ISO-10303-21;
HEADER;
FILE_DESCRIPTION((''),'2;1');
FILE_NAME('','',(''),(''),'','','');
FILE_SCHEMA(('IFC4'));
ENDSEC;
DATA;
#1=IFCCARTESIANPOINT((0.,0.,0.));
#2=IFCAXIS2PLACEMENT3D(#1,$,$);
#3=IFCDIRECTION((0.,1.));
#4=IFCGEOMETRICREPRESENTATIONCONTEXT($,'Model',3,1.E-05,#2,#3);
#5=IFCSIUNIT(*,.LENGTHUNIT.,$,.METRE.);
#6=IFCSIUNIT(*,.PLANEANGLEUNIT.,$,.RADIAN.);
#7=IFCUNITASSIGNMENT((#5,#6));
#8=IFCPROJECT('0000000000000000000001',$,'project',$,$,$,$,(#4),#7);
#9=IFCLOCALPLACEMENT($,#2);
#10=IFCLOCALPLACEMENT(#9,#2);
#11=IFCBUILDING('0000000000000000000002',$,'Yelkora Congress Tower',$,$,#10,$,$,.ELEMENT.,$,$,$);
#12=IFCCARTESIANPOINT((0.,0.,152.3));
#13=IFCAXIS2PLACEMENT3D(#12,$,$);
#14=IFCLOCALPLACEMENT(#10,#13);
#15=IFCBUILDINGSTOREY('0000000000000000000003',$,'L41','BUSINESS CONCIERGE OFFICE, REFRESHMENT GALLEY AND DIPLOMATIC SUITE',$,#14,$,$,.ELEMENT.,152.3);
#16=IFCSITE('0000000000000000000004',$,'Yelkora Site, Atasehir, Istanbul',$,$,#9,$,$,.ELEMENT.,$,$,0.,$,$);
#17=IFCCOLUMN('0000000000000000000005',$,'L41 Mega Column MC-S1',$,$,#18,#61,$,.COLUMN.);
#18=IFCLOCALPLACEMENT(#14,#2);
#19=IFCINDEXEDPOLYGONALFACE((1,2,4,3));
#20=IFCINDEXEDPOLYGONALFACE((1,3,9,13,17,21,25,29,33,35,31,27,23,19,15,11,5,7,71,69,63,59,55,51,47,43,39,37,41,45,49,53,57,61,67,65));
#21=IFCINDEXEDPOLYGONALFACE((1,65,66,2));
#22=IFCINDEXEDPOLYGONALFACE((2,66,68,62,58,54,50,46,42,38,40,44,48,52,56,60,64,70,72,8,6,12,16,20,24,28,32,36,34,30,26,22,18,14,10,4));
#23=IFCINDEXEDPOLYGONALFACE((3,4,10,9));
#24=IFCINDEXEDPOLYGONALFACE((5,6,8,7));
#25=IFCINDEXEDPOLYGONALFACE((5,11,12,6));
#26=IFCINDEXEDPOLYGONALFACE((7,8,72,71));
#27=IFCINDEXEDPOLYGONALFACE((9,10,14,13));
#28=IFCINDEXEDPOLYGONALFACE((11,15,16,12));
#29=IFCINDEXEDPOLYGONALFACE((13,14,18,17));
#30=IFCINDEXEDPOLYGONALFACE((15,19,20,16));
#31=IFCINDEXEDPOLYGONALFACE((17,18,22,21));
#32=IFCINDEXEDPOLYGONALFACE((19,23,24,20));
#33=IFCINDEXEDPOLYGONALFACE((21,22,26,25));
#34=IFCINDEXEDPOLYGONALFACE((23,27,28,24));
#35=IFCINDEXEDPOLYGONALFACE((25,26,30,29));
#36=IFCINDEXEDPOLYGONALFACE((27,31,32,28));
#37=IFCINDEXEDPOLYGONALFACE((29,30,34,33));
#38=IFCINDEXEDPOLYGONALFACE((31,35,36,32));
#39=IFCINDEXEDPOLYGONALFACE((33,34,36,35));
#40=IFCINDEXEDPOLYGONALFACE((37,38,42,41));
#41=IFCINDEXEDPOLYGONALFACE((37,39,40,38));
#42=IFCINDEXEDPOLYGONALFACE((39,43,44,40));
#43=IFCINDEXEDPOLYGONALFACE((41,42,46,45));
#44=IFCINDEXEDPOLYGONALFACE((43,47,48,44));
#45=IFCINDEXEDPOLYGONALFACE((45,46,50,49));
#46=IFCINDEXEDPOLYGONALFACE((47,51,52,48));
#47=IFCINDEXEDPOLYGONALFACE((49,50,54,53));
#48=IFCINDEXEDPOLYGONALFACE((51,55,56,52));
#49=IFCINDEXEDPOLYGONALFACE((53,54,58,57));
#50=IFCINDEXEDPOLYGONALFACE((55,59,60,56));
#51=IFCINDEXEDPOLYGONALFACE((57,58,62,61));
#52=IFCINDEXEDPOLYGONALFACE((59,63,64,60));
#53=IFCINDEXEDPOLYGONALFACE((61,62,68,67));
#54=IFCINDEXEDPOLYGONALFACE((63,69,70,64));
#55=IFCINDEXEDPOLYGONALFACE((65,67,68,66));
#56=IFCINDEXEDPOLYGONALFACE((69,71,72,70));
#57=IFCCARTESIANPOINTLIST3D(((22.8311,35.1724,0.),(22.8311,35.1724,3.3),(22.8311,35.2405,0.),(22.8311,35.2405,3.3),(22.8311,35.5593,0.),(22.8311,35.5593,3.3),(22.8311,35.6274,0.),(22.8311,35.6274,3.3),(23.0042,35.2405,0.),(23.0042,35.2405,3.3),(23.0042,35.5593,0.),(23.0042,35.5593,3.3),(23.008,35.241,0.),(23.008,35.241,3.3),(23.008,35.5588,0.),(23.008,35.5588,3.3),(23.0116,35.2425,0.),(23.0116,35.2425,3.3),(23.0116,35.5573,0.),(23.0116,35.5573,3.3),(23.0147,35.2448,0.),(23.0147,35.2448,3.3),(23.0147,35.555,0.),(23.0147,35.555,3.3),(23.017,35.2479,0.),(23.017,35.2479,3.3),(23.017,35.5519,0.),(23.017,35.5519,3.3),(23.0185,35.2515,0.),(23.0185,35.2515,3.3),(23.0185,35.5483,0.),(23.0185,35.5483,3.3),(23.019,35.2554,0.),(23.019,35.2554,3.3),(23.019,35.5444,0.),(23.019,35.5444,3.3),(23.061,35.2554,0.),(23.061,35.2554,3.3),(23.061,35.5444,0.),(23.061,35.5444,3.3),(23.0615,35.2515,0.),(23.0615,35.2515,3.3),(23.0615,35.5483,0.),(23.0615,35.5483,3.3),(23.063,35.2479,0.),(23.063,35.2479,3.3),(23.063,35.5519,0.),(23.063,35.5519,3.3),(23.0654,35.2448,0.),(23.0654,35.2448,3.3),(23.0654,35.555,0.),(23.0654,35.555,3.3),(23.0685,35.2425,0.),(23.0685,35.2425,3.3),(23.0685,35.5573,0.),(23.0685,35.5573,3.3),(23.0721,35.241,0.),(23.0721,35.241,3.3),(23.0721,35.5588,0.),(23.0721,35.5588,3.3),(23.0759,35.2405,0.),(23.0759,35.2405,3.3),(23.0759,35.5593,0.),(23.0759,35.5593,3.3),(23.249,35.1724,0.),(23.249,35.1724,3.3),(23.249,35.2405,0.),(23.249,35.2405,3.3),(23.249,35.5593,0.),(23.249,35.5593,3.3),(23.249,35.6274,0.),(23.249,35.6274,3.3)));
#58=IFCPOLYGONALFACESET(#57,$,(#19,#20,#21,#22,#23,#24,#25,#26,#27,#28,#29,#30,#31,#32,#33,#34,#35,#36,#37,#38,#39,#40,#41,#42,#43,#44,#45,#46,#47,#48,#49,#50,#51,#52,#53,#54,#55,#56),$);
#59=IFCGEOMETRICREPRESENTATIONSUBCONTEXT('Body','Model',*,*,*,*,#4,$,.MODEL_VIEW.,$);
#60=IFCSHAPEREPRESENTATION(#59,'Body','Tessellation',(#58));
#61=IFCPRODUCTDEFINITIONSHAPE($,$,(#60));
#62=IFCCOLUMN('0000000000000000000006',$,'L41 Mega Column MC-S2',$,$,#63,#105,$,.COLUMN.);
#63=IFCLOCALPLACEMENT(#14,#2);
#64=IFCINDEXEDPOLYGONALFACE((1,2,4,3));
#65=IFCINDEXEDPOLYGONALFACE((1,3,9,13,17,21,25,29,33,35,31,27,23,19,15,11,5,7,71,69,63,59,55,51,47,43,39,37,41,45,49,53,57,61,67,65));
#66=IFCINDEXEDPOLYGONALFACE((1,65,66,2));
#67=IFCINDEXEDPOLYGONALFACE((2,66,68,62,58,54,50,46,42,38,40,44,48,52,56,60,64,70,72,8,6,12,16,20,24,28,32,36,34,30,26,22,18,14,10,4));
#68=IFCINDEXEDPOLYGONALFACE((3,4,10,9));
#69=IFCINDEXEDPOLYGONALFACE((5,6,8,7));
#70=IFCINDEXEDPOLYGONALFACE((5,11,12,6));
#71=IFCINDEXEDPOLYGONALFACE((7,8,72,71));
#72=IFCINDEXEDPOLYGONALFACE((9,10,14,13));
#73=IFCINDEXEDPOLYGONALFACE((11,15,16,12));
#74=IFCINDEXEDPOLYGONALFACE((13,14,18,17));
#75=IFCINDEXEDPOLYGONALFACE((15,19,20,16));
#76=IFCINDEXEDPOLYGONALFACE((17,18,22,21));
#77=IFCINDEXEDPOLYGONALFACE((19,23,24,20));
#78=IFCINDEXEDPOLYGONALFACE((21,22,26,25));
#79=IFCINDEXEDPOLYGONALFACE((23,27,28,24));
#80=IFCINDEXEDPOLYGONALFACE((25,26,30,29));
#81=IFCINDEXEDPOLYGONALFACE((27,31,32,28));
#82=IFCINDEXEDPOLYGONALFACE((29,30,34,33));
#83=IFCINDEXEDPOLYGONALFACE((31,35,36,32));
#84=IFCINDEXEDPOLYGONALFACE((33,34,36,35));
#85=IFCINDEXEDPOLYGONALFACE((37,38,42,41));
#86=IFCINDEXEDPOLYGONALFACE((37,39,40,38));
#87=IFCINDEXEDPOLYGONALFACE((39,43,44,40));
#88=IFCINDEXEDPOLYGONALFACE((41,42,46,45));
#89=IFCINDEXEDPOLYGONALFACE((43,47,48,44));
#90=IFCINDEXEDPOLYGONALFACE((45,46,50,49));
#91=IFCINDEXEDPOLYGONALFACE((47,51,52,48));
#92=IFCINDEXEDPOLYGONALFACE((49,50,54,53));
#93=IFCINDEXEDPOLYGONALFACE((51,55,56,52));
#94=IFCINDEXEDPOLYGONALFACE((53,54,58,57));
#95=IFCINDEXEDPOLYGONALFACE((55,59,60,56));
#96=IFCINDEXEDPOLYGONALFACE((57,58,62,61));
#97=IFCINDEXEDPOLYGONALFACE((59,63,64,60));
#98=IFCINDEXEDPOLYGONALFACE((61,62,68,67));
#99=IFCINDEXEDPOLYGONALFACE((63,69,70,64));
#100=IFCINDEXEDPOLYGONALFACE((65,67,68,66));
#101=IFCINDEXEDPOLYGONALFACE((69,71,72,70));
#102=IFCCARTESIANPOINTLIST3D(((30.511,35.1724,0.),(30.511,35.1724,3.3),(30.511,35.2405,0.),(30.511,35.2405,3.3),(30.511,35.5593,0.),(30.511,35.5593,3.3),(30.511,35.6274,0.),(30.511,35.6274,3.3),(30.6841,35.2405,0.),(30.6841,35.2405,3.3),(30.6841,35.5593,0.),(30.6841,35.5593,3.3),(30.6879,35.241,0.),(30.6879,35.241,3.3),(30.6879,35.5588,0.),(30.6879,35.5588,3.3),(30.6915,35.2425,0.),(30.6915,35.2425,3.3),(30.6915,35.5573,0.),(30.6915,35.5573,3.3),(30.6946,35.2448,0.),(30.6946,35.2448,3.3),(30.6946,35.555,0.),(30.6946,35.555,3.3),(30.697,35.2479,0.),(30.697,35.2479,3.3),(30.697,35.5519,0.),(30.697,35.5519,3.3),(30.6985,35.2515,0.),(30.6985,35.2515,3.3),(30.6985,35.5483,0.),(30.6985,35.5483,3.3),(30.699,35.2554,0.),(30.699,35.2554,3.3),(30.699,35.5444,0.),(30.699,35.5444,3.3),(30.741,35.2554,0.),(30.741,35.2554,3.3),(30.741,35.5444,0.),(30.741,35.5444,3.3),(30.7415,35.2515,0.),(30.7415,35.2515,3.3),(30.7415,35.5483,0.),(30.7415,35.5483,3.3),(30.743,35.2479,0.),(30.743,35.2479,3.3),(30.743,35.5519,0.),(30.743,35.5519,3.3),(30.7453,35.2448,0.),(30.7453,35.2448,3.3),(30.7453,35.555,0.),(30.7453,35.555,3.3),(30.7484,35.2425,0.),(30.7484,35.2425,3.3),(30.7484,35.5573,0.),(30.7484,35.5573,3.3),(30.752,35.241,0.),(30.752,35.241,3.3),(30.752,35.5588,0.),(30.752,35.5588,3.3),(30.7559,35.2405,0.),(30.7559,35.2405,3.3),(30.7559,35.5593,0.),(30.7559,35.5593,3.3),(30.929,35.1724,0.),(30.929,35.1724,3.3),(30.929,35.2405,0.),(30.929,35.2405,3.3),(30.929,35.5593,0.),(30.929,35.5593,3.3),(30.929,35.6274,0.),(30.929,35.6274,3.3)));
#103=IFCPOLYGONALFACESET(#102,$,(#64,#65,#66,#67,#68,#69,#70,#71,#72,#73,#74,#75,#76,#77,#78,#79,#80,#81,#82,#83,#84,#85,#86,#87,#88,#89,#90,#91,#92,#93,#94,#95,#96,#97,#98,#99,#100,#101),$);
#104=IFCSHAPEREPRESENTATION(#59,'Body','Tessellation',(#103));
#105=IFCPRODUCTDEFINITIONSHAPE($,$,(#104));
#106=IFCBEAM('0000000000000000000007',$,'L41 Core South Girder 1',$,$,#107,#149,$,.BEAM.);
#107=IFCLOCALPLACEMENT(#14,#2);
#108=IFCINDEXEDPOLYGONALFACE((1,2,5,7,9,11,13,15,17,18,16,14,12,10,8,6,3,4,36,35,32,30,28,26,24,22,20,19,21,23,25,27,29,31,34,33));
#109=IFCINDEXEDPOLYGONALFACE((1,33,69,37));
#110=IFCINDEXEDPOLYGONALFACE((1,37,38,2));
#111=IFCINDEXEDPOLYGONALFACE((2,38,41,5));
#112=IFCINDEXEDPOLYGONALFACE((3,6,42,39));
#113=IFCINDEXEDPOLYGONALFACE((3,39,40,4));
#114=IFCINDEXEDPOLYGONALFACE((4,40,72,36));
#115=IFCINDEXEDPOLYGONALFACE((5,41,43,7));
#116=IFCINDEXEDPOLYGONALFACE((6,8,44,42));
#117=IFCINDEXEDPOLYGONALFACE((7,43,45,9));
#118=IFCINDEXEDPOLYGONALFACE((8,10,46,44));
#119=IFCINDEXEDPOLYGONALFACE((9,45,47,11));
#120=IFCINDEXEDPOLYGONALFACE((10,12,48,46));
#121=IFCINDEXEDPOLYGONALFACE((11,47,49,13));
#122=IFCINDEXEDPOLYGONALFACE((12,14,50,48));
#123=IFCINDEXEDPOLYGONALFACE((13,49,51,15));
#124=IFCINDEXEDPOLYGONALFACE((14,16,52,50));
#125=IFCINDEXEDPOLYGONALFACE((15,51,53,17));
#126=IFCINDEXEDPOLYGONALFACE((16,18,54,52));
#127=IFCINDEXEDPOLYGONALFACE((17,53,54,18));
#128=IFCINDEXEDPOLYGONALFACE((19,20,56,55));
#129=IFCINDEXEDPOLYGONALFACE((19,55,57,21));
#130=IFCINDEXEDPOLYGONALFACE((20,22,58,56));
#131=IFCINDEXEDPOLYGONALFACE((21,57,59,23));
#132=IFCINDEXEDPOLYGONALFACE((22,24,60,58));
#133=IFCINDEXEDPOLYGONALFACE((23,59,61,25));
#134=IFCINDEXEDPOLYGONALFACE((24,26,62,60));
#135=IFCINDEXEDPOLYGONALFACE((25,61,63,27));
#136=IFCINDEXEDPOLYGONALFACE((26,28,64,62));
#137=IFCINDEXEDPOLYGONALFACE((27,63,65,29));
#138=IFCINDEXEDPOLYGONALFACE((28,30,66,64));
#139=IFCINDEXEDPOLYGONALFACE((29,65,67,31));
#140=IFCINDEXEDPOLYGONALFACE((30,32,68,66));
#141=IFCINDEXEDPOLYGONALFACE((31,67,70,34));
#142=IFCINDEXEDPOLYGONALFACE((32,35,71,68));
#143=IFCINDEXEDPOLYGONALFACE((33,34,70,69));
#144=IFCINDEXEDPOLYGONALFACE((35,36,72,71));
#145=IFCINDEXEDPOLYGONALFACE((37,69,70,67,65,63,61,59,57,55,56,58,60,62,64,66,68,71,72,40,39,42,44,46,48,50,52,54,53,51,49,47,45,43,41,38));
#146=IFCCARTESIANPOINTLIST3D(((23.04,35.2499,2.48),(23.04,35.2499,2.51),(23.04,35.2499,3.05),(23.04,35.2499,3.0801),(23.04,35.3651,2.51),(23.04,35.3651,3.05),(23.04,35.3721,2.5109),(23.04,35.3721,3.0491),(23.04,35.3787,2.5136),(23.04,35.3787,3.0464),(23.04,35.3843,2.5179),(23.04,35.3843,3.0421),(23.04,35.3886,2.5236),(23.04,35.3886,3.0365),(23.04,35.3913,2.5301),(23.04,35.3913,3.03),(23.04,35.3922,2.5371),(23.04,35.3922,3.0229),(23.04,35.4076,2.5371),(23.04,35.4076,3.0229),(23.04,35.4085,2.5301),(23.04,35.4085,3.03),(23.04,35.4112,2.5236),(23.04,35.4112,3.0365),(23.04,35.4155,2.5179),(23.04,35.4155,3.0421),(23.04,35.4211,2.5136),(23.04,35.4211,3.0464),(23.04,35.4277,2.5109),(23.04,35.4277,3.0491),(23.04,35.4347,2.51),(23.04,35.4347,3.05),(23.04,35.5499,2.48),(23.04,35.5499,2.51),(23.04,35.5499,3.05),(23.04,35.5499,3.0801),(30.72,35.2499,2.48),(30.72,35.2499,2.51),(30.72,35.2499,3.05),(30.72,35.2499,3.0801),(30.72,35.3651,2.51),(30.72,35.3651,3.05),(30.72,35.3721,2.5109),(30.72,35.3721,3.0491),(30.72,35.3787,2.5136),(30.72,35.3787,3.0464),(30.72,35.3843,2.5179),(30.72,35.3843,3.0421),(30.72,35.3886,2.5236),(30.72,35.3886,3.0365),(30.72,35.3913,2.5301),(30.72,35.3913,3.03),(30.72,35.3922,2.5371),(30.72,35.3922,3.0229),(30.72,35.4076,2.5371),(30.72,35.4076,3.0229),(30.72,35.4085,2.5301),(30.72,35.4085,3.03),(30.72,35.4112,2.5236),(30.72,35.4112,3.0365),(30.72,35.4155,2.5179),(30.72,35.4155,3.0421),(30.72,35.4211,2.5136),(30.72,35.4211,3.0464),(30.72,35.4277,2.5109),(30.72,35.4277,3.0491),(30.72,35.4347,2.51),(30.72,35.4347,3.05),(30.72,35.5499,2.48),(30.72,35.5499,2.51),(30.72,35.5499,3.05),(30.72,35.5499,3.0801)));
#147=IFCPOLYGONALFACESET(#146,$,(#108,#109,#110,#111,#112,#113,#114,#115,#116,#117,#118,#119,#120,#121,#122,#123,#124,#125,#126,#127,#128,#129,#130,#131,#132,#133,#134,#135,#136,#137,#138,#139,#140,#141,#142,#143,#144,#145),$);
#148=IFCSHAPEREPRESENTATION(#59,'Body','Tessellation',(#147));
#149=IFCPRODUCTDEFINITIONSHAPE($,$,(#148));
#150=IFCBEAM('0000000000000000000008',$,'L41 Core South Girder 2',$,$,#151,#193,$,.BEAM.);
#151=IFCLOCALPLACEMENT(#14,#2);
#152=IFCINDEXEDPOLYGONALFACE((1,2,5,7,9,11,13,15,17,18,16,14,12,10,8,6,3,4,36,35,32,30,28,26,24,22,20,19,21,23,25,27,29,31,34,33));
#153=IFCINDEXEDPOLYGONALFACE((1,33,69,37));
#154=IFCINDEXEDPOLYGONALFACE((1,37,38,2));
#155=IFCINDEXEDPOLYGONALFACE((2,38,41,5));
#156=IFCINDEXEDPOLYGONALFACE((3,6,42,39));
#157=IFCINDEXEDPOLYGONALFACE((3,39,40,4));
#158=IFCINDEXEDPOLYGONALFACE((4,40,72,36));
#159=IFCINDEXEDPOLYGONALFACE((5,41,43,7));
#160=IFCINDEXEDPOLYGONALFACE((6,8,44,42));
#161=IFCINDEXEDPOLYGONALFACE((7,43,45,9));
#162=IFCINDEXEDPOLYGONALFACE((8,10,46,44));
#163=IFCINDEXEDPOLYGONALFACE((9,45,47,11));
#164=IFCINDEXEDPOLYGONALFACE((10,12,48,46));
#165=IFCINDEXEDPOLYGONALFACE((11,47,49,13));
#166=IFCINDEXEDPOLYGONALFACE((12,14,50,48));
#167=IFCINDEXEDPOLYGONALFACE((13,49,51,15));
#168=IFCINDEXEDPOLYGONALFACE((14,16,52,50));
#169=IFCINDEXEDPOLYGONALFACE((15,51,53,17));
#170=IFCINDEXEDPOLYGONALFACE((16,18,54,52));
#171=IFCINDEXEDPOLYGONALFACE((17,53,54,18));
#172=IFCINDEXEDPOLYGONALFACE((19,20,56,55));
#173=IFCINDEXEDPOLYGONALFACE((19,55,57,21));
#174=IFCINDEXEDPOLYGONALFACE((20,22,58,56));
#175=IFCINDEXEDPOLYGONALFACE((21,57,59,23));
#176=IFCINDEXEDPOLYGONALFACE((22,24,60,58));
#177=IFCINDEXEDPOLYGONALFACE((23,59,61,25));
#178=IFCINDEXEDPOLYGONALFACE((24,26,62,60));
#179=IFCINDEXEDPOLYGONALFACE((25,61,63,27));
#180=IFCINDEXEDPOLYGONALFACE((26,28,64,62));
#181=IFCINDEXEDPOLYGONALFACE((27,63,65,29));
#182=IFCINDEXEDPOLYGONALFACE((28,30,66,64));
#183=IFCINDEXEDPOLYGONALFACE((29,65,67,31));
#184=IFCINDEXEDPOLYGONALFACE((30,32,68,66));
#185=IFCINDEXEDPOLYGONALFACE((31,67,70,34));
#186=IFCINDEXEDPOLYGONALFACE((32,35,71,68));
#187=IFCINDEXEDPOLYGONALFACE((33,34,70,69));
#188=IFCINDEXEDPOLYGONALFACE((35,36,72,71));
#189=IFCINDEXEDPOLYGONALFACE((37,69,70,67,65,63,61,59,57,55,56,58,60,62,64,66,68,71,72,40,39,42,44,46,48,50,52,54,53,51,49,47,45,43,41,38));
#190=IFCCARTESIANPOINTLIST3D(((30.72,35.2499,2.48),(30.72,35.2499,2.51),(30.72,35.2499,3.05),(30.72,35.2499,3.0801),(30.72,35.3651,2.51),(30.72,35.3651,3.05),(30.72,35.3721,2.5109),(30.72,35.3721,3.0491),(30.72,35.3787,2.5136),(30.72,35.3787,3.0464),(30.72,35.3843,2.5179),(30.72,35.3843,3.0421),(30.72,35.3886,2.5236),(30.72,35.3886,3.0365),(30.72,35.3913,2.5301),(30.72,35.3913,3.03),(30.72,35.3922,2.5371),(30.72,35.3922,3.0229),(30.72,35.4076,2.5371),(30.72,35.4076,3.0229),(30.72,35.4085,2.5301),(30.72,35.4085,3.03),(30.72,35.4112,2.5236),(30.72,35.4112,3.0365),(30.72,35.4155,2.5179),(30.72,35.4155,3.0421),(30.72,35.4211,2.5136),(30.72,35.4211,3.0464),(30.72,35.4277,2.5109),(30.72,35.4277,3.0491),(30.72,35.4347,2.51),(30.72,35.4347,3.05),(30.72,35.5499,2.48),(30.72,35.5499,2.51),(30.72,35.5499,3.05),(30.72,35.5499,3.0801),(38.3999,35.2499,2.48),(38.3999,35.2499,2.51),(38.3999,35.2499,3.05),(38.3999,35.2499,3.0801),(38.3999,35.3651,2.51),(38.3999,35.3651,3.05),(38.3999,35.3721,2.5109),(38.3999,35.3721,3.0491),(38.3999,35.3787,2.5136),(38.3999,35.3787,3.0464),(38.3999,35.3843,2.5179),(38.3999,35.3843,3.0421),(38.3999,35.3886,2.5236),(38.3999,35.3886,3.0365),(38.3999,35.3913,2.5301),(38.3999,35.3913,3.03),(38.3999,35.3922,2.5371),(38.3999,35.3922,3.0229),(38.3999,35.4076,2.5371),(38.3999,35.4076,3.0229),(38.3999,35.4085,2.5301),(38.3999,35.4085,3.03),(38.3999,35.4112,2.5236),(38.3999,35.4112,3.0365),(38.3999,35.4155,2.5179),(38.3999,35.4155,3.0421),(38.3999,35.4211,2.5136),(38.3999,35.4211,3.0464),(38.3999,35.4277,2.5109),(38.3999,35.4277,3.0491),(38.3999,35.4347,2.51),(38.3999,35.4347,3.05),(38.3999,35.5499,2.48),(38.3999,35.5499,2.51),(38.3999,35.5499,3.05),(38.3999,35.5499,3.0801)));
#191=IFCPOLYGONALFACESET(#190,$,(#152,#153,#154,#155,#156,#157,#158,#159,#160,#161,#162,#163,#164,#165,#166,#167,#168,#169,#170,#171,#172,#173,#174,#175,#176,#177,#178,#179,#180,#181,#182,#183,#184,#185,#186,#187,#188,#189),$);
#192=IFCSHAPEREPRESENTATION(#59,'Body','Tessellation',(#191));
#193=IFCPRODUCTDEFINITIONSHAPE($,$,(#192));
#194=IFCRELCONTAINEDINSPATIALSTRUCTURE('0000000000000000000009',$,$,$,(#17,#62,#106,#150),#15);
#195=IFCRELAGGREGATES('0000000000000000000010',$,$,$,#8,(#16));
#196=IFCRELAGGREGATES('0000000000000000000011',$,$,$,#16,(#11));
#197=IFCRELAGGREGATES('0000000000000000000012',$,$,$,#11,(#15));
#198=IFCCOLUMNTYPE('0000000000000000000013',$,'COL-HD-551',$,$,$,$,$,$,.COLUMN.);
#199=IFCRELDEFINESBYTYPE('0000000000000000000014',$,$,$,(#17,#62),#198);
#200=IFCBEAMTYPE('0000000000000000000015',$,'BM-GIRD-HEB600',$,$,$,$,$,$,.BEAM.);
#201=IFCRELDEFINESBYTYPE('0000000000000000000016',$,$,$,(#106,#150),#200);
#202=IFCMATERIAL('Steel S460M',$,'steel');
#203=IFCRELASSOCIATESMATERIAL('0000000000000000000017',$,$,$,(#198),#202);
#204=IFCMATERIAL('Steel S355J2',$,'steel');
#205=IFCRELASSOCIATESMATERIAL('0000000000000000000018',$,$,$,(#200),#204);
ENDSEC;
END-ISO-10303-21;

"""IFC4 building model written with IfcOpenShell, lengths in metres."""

from ifc_helpers import new_model, si_unit, direction, frame, origin, origin_2d, place, context, subcontext, project, spatial, i_section, extrude, material, material_profile, profile_set, type_object, element, save


model = new_model("IFC4")

# Units and contexts
model_context = context("Model", 3, precision=1e-05, world=origin(), true_north=direction((0.0, 1.0)))
body_context = subcontext(model_context, "Body", "Model", "MODEL_VIEW")
ifc_project = project(units=[si_unit("LENGTHUNIT", "METRE"), si_unit("PLANEANGLEUNIT", "RADIAN")], contexts=[model_context])

# Site, building, storey
site_placement = place(None, origin())
site = spatial("IfcSite", under=ifc_project, at=site_placement, Name="Yelkora Site, Atasehir, Istanbul", CompositionType="ELEMENT", RefElevation=0.0)
building_placement = place(site_placement, origin())
building = spatial("IfcBuilding", under=site, at=building_placement, Name="Yelkora Congress Tower", CompositionType="ELEMENT")
storey_placement = place(building_placement, frame((0.0, 0.0, 152.3)))
storey = spatial("IfcBuildingStorey", under=building, at=storey_placement, Name="L41", Description="BUSINESS CONCIERGE OFFICE, REFRESHMENT GALLEY AND DIPLOMATIC SUITE", CompositionType="ELEMENT", Elevation=152.3)

# Columns
ifc_material_1 = material(Name="Steel S460M", Category="steel")
ifc_material_profile_1 = material_profile(ifc_material_1, i_section(OverallWidth=0.418, OverallDepth=0.4551, WebThickness=0.042, FlangeThickness=0.0681, FilletRadius=0.0149, at=origin_2d()), Name="HD 400x551")
ifc_profile_set_1 = profile_set([ifc_material_profile_1], Name="Steel S460M")
column_type = type_object("IfcColumnType", Name="COL-HD-551", PredefinedType="COLUMN", material=ifc_profile_set_1)
for number, where, z_axis, x_axis, name in (
    (1, (23.04, 35.3999, 0.0), (0.0, 0.0, 1.0), (1.0, 0.0, 0.0), "L41 Mega Column MC-S1"),
    (2, (30.72, 35.3999, 0.0), (0.0, 0.0, 1.0), (1.0, 0.0, 0.0), "L41 Mega Column MC-S2"),
):
    element("IfcColumn", number, at=place(storey_placement, frame(where, z_axis=z_axis, x_axis=x_axis)), inside=storey, type_object=column_type, Name=name, PredefinedType="COLUMN", context=body_context, shape_type="SweptSolid", body=[
        extrude(i_section(OverallWidth=0.418, OverallDepth=0.4551, WebThickness=0.042, FlangeThickness=0.0681, FilletRadius=0.0149, at=origin_2d()), origin(), (0.0, 0.0, 1.0), 3.3),
    ])

# Beams
ifc_material_2 = material(Name="Steel S355J2", Category="steel")
ifc_material_profile_2 = material_profile(ifc_material_2, i_section(OverallWidth=0.3, OverallDepth=0.6001, WebThickness=0.0154, FlangeThickness=0.03, FilletRadius=0.0271, at=origin_2d()), Name="HEB 600")
ifc_profile_set_2 = profile_set([ifc_material_profile_2], Name="Steel S355J2")
beam_type_1 = type_object("IfcBeamType", Name="BM-GIRD-HEB600", PredefinedType="BEAM", material=ifc_profile_set_2)
for number, where, z_axis, x_axis, name in (
    (3, (23.04, 35.3999, 2.78), (1.0, 0.0, 0.0), (0.0, 1.0, 0.0), "L41 Core South Girder 1"),
    (4, (30.72, 35.3999, 2.78), (1.0, 0.0, 0.0), (0.0, 1.0, 0.0), "L41 Core South Girder 2"),
):
    element("IfcBeam", number, at=place(storey_placement, frame(where, z_axis=z_axis, x_axis=x_axis)), inside=storey, type_object=beam_type_1, Name=name, PredefinedType="BEAM", context=body_context, shape_type="SweptSolid", body=[
        extrude(i_section(OverallWidth=0.3, OverallDepth=0.6001, WebThickness=0.0154, FlangeThickness=0.03, FilletRadius=0.0271, at=origin_2d()), origin(), (0.0, 0.0, 1.0), 7.6799),
    ])

save(model, "model.ifc")
